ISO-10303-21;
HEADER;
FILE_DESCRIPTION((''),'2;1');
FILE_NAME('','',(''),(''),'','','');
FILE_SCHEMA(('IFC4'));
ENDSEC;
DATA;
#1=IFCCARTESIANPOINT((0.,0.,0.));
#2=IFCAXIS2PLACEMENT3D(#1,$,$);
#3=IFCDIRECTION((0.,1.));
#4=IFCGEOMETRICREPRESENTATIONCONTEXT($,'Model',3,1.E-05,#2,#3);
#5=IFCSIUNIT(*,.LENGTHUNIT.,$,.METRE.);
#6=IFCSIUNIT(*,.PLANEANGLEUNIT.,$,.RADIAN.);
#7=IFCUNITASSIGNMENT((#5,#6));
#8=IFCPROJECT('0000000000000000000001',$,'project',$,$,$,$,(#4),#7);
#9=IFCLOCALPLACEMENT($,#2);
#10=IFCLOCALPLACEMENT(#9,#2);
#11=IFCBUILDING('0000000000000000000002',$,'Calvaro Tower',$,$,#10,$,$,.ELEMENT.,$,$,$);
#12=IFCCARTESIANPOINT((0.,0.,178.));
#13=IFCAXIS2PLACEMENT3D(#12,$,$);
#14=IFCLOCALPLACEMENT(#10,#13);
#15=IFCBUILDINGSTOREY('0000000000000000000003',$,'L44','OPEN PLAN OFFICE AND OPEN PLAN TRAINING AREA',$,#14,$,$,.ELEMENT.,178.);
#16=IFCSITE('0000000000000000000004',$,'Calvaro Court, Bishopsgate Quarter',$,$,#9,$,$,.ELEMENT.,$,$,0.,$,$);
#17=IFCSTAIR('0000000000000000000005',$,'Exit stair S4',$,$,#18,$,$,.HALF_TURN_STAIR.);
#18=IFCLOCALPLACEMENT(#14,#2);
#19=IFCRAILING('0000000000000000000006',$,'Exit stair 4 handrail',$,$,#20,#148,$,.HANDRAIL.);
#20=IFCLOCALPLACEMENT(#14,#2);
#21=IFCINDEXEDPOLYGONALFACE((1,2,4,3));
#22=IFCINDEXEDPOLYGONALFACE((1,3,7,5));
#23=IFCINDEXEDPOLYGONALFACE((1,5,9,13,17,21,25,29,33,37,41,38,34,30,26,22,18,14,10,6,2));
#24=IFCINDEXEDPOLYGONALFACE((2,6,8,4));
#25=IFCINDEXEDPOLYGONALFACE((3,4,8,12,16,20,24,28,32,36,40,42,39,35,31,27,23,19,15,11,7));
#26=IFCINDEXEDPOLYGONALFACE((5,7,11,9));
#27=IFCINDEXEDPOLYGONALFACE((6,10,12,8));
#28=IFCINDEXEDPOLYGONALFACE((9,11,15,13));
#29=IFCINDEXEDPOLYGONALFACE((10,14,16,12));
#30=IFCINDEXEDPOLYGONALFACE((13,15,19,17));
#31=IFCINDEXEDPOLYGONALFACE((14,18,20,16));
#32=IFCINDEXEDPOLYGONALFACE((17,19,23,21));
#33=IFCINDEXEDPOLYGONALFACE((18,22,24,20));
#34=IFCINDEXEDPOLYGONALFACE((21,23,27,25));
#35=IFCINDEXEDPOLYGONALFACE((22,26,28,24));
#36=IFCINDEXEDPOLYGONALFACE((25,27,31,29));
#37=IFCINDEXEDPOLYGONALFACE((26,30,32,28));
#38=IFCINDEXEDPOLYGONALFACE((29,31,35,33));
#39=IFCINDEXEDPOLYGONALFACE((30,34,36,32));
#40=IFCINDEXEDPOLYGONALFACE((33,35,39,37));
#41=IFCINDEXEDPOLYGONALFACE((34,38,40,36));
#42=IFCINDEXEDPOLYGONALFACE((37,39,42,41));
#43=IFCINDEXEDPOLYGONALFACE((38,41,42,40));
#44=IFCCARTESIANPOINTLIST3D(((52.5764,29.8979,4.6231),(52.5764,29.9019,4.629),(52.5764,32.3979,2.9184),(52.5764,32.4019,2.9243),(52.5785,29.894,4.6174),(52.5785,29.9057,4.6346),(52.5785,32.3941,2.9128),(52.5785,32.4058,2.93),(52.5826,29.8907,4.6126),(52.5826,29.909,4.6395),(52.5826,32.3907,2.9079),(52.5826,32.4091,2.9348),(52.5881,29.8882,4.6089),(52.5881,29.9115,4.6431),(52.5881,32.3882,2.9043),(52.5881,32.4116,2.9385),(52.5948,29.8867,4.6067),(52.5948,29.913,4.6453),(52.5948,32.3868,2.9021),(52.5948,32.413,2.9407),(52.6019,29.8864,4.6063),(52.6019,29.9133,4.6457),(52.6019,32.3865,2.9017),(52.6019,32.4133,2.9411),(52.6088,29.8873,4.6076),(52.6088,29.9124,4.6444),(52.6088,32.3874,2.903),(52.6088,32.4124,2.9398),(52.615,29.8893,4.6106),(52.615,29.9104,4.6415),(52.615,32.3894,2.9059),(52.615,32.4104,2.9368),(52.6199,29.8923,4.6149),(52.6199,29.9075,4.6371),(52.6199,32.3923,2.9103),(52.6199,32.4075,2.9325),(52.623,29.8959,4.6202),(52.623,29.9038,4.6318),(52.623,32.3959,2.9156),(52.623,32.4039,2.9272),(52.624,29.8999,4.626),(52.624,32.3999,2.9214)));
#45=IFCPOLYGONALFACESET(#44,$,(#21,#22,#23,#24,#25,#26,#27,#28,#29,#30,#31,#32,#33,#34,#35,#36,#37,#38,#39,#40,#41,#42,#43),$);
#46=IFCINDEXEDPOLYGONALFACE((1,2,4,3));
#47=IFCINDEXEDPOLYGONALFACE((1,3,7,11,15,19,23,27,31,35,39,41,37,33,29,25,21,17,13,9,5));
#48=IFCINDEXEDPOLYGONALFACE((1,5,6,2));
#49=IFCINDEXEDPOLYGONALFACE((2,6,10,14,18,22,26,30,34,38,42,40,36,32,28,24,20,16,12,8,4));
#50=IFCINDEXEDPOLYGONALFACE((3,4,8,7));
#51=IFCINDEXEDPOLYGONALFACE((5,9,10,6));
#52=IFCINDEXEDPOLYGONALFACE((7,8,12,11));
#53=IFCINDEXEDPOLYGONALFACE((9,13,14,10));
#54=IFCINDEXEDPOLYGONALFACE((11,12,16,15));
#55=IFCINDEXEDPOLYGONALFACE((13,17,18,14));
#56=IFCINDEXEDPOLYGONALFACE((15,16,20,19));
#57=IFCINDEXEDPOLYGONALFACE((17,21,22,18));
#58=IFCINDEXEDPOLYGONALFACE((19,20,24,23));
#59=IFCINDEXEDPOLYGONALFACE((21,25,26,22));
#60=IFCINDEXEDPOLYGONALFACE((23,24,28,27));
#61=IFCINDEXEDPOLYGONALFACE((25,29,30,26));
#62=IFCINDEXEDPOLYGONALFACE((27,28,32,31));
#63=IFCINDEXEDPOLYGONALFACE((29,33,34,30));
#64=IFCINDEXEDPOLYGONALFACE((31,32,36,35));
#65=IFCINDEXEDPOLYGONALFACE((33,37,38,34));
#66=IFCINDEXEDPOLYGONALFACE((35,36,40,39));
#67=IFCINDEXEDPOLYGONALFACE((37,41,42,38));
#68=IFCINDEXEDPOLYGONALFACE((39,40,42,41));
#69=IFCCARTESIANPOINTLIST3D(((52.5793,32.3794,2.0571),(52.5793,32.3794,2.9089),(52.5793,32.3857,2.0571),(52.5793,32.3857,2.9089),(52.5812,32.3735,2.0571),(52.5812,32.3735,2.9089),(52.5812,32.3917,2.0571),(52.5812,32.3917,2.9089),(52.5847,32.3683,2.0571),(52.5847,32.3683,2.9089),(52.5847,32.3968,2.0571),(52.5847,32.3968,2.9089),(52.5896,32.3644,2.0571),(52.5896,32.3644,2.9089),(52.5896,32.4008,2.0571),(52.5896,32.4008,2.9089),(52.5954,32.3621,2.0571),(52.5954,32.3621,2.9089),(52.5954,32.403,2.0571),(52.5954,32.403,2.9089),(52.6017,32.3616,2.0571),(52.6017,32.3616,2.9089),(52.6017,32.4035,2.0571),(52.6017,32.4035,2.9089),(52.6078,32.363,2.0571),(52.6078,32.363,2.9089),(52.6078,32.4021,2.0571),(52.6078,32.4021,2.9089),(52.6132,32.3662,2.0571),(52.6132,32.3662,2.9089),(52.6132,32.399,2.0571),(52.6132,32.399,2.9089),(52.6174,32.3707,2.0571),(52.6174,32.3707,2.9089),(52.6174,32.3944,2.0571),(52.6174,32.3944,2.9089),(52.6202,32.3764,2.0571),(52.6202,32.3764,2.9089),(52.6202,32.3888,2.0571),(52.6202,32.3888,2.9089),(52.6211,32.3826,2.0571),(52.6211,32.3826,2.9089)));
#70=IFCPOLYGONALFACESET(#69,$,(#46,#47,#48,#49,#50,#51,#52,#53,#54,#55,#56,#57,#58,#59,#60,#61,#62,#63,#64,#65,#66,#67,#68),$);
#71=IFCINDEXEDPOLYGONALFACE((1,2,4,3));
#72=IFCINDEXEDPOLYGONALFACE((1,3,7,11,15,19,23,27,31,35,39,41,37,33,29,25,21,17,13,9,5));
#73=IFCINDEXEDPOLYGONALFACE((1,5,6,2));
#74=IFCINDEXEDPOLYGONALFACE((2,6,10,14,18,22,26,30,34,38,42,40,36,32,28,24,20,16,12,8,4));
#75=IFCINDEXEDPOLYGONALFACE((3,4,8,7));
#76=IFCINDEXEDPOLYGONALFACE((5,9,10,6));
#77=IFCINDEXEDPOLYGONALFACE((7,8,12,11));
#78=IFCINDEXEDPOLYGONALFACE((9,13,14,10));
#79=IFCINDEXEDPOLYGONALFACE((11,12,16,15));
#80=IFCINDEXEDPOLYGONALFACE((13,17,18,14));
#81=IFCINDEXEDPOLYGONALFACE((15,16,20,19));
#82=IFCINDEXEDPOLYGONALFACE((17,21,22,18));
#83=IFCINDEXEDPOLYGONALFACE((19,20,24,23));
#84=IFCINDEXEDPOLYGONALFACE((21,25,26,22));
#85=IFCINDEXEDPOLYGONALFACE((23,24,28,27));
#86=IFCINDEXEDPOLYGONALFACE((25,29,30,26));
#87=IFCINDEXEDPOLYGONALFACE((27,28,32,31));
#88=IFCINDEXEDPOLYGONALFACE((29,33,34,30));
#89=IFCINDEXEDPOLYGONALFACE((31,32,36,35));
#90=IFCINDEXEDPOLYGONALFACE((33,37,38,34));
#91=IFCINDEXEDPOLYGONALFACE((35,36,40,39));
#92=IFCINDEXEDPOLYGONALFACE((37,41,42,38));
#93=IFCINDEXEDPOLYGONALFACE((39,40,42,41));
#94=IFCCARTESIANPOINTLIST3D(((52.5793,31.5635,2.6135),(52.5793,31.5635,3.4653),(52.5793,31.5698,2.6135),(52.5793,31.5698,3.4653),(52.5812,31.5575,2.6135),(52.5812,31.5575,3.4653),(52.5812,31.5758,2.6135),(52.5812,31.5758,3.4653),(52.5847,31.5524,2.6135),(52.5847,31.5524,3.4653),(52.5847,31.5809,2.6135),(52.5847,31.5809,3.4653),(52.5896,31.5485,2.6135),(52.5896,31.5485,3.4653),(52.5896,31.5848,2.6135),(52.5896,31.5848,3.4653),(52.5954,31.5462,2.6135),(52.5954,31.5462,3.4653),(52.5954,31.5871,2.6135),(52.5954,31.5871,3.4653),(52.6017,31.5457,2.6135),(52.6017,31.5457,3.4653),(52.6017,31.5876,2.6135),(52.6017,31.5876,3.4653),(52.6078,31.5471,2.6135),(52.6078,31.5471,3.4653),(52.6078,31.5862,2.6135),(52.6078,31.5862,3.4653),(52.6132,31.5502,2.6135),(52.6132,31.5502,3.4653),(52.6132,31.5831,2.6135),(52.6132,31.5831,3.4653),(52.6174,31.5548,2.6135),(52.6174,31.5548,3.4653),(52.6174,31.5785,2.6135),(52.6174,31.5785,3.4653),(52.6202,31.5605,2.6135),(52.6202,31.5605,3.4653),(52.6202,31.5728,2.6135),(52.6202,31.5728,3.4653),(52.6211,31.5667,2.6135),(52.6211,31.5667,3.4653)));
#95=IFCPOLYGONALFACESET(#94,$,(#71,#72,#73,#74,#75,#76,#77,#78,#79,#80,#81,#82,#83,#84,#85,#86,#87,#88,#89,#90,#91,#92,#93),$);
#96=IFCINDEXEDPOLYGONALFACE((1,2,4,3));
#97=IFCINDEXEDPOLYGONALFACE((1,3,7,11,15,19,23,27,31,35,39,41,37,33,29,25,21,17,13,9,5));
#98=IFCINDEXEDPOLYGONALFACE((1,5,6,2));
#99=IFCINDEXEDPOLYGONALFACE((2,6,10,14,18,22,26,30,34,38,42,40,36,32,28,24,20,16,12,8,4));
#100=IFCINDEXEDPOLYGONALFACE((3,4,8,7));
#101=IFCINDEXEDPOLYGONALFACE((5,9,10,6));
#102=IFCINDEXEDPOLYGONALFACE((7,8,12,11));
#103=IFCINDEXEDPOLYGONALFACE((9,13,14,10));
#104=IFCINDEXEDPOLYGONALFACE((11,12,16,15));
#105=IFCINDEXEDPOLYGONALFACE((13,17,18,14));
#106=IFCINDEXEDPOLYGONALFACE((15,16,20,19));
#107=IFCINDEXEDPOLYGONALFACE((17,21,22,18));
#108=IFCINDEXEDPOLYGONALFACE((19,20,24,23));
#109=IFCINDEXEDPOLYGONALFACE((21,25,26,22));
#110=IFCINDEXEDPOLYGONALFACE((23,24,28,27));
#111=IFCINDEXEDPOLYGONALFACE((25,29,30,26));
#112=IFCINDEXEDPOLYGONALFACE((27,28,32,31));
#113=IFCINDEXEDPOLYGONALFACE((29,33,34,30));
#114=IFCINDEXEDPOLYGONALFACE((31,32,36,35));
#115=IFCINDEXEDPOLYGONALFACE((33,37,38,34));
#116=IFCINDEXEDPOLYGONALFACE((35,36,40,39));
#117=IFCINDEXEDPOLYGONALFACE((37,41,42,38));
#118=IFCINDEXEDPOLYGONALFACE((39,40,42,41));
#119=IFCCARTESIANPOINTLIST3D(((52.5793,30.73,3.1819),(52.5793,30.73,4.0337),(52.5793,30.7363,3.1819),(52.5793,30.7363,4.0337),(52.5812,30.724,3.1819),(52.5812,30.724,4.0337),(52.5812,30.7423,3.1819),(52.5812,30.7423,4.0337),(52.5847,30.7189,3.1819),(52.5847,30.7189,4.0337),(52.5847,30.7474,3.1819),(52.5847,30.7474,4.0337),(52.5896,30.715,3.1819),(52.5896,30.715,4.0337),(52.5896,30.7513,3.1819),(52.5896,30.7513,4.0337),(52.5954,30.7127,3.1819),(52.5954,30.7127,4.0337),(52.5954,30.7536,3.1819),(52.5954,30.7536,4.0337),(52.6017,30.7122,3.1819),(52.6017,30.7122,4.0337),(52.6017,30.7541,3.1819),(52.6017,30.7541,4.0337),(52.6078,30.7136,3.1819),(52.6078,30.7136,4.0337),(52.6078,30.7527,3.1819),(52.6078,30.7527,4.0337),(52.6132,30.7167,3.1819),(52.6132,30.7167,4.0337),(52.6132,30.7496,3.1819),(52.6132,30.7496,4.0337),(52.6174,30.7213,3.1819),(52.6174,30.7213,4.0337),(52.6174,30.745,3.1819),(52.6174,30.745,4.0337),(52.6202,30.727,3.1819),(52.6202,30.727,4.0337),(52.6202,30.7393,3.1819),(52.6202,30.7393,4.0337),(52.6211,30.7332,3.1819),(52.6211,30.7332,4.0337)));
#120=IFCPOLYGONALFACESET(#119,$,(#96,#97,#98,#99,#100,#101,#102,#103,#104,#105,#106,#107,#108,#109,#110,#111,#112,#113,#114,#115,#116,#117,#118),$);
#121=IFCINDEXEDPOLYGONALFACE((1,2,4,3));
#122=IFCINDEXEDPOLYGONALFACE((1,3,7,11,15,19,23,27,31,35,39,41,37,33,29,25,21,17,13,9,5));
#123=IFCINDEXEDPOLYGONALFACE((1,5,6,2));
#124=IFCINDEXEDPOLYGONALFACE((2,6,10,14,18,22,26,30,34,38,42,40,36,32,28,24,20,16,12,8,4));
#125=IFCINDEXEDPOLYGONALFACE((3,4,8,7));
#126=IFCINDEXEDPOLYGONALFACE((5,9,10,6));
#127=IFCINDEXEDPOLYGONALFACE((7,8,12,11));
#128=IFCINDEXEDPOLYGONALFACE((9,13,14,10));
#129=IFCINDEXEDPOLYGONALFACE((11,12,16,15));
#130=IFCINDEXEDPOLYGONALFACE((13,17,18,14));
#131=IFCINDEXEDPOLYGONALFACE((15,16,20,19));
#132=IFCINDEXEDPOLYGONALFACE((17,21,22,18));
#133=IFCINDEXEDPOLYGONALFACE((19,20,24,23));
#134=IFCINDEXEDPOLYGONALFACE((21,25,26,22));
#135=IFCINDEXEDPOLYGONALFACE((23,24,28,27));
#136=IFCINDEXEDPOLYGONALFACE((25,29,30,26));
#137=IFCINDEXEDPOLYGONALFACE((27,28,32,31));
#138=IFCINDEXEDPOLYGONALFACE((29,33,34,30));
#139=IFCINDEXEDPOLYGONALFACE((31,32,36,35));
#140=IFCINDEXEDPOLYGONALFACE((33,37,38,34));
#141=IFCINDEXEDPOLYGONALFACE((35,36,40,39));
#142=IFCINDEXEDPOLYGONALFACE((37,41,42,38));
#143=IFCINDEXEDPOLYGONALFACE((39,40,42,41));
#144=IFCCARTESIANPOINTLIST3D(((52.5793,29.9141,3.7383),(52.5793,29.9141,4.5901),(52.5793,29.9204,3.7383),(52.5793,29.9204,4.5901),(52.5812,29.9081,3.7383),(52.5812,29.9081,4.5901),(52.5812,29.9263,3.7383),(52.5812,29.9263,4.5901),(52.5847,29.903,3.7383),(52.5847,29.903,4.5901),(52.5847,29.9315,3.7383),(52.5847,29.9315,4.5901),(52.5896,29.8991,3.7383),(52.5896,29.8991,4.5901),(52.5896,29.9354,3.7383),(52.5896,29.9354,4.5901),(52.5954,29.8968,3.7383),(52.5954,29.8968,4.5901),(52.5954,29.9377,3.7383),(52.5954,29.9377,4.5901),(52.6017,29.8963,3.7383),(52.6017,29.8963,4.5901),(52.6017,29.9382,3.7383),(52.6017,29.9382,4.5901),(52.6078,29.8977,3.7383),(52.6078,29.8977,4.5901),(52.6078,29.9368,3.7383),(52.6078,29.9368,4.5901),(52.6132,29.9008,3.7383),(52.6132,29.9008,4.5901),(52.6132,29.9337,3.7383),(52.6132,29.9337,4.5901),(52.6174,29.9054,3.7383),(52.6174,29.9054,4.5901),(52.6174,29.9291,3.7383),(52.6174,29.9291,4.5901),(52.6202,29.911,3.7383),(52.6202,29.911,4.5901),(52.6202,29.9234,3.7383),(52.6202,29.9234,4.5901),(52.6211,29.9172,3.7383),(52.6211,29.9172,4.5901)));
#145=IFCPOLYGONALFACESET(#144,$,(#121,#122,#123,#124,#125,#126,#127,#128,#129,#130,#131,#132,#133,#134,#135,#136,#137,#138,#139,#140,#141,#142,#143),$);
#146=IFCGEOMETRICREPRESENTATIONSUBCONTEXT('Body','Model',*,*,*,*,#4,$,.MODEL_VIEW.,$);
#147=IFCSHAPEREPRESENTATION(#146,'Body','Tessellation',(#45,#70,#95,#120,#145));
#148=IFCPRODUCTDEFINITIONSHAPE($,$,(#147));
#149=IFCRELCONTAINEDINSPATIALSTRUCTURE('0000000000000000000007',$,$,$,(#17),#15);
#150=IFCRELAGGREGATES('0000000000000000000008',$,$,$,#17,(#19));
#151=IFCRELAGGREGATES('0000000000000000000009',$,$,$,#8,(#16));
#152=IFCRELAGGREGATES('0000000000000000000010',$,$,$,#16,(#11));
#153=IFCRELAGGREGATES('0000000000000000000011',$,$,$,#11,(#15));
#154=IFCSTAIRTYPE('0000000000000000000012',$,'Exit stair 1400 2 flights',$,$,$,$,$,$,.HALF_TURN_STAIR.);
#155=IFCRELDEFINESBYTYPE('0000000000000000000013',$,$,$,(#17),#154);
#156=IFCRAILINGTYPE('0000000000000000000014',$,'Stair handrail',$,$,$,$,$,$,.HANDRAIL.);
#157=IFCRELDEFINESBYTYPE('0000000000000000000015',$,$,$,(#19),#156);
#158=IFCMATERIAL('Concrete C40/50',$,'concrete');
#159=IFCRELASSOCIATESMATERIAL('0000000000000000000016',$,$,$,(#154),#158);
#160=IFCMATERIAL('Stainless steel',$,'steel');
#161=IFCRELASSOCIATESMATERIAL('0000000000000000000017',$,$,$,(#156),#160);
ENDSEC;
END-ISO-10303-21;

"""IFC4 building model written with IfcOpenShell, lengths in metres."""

from ifc_helpers import new_model, si_unit, direction, frame, origin, origin_2d, place, context, subcontext, project, spatial, circle, extrude, material, type_object, element, aggregate, save


model = new_model("IFC4")

# Units and contexts
model_context = context("Model", 3, precision=1e-05, world=origin(), true_north=direction((0.0, 1.0)))
body_context = subcontext(model_context, "Body", "Model", "MODEL_VIEW")
ifc_project = project(units=[si_unit("LENGTHUNIT", "METRE"), si_unit("PLANEANGLEUNIT", "RADIAN")], contexts=[model_context])

# Site, building, storey
site_placement = place(None, origin())
site = spatial("IfcSite", under=ifc_project, at=site_placement, Name="Calvaro Court, Bishopsgate Quarter", CompositionType="ELEMENT", RefElevation=0.0)
building_placement = place(site_placement, origin())
building = spatial("IfcBuilding", under=site, at=building_placement, Name="Calvaro Tower", CompositionType="ELEMENT")
storey_placement = place(building_placement, frame((0.0, 0.0, 178.0)))
storey = spatial("IfcBuildingStorey", under=building, at=storey_placement, Name="L44", Description="OPEN PLAN OFFICE AND OPEN PLAN TRAINING AREA", CompositionType="ELEMENT", Elevation=178.0)

# Stair
ifc_material_1 = material(Name="Concrete C40/50", Category="concrete")
stair_type = type_object("IfcStairType", Name="Exit stair 1400 2 flights", PredefinedType="HALF_TURN_STAIR", material=ifc_material_1)
stair_1_placement = place(storey_placement, origin())
stair_1 = element("IfcStair", 1, at=stair_1_placement, inside=storey, type_object=stair_type, Name="Exit stair S4", PredefinedType="HALF_TURN_STAIR")

# Railing
ifc_material_2 = material(Name="Stainless steel", Category="steel")
railing_type = type_object("IfcRailingType", Name="Stair handrail", PredefinedType="HANDRAIL", material=ifc_material_2)
railing_1_placement = place(storey_placement, frame((52.6001, 32.3999, 2.0454)))
railing_1 = element("IfcRailing", 2, at=railing_1_placement, type_object=railing_type, Name="Exit stair 4 handrail", PredefinedType="HANDRAIL", context=body_context, shape_type="SweptSolid", body=[
    extrude(circle(Radius=0.0239, at=origin_2d()), frame((0.0, 0.0, 0.876), z_axis=(0.0, -0.826221, 0.563347), x_axis=(1.0, 0.0, 0.0)), (0.0, 0.0, 1.0), 3.0259),
    extrude(circle(Radius=0.021, at=origin_2d()), frame((0.0, -0.0173, 0.0117)), (0.0, 0.0, 1.0), 0.8518),
    extrude(circle(Radius=0.021, at=origin_2d()), frame((0.0, -0.8333, 0.5681)), (0.0, 0.0, 1.0), 0.8518),
    extrude(circle(Radius=0.021, at=origin_2d()), frame((0.0, -1.6667, 1.1365)), (0.0, 0.0, 1.0), 0.8518),
    extrude(circle(Radius=0.021, at=origin_2d()), frame((0.0, -2.4827, 1.6929)), (0.0, 0.0, 1.0), 0.8518),
])
aggregate(stair_1, [railing_1])

save(model, "model.ifc")
